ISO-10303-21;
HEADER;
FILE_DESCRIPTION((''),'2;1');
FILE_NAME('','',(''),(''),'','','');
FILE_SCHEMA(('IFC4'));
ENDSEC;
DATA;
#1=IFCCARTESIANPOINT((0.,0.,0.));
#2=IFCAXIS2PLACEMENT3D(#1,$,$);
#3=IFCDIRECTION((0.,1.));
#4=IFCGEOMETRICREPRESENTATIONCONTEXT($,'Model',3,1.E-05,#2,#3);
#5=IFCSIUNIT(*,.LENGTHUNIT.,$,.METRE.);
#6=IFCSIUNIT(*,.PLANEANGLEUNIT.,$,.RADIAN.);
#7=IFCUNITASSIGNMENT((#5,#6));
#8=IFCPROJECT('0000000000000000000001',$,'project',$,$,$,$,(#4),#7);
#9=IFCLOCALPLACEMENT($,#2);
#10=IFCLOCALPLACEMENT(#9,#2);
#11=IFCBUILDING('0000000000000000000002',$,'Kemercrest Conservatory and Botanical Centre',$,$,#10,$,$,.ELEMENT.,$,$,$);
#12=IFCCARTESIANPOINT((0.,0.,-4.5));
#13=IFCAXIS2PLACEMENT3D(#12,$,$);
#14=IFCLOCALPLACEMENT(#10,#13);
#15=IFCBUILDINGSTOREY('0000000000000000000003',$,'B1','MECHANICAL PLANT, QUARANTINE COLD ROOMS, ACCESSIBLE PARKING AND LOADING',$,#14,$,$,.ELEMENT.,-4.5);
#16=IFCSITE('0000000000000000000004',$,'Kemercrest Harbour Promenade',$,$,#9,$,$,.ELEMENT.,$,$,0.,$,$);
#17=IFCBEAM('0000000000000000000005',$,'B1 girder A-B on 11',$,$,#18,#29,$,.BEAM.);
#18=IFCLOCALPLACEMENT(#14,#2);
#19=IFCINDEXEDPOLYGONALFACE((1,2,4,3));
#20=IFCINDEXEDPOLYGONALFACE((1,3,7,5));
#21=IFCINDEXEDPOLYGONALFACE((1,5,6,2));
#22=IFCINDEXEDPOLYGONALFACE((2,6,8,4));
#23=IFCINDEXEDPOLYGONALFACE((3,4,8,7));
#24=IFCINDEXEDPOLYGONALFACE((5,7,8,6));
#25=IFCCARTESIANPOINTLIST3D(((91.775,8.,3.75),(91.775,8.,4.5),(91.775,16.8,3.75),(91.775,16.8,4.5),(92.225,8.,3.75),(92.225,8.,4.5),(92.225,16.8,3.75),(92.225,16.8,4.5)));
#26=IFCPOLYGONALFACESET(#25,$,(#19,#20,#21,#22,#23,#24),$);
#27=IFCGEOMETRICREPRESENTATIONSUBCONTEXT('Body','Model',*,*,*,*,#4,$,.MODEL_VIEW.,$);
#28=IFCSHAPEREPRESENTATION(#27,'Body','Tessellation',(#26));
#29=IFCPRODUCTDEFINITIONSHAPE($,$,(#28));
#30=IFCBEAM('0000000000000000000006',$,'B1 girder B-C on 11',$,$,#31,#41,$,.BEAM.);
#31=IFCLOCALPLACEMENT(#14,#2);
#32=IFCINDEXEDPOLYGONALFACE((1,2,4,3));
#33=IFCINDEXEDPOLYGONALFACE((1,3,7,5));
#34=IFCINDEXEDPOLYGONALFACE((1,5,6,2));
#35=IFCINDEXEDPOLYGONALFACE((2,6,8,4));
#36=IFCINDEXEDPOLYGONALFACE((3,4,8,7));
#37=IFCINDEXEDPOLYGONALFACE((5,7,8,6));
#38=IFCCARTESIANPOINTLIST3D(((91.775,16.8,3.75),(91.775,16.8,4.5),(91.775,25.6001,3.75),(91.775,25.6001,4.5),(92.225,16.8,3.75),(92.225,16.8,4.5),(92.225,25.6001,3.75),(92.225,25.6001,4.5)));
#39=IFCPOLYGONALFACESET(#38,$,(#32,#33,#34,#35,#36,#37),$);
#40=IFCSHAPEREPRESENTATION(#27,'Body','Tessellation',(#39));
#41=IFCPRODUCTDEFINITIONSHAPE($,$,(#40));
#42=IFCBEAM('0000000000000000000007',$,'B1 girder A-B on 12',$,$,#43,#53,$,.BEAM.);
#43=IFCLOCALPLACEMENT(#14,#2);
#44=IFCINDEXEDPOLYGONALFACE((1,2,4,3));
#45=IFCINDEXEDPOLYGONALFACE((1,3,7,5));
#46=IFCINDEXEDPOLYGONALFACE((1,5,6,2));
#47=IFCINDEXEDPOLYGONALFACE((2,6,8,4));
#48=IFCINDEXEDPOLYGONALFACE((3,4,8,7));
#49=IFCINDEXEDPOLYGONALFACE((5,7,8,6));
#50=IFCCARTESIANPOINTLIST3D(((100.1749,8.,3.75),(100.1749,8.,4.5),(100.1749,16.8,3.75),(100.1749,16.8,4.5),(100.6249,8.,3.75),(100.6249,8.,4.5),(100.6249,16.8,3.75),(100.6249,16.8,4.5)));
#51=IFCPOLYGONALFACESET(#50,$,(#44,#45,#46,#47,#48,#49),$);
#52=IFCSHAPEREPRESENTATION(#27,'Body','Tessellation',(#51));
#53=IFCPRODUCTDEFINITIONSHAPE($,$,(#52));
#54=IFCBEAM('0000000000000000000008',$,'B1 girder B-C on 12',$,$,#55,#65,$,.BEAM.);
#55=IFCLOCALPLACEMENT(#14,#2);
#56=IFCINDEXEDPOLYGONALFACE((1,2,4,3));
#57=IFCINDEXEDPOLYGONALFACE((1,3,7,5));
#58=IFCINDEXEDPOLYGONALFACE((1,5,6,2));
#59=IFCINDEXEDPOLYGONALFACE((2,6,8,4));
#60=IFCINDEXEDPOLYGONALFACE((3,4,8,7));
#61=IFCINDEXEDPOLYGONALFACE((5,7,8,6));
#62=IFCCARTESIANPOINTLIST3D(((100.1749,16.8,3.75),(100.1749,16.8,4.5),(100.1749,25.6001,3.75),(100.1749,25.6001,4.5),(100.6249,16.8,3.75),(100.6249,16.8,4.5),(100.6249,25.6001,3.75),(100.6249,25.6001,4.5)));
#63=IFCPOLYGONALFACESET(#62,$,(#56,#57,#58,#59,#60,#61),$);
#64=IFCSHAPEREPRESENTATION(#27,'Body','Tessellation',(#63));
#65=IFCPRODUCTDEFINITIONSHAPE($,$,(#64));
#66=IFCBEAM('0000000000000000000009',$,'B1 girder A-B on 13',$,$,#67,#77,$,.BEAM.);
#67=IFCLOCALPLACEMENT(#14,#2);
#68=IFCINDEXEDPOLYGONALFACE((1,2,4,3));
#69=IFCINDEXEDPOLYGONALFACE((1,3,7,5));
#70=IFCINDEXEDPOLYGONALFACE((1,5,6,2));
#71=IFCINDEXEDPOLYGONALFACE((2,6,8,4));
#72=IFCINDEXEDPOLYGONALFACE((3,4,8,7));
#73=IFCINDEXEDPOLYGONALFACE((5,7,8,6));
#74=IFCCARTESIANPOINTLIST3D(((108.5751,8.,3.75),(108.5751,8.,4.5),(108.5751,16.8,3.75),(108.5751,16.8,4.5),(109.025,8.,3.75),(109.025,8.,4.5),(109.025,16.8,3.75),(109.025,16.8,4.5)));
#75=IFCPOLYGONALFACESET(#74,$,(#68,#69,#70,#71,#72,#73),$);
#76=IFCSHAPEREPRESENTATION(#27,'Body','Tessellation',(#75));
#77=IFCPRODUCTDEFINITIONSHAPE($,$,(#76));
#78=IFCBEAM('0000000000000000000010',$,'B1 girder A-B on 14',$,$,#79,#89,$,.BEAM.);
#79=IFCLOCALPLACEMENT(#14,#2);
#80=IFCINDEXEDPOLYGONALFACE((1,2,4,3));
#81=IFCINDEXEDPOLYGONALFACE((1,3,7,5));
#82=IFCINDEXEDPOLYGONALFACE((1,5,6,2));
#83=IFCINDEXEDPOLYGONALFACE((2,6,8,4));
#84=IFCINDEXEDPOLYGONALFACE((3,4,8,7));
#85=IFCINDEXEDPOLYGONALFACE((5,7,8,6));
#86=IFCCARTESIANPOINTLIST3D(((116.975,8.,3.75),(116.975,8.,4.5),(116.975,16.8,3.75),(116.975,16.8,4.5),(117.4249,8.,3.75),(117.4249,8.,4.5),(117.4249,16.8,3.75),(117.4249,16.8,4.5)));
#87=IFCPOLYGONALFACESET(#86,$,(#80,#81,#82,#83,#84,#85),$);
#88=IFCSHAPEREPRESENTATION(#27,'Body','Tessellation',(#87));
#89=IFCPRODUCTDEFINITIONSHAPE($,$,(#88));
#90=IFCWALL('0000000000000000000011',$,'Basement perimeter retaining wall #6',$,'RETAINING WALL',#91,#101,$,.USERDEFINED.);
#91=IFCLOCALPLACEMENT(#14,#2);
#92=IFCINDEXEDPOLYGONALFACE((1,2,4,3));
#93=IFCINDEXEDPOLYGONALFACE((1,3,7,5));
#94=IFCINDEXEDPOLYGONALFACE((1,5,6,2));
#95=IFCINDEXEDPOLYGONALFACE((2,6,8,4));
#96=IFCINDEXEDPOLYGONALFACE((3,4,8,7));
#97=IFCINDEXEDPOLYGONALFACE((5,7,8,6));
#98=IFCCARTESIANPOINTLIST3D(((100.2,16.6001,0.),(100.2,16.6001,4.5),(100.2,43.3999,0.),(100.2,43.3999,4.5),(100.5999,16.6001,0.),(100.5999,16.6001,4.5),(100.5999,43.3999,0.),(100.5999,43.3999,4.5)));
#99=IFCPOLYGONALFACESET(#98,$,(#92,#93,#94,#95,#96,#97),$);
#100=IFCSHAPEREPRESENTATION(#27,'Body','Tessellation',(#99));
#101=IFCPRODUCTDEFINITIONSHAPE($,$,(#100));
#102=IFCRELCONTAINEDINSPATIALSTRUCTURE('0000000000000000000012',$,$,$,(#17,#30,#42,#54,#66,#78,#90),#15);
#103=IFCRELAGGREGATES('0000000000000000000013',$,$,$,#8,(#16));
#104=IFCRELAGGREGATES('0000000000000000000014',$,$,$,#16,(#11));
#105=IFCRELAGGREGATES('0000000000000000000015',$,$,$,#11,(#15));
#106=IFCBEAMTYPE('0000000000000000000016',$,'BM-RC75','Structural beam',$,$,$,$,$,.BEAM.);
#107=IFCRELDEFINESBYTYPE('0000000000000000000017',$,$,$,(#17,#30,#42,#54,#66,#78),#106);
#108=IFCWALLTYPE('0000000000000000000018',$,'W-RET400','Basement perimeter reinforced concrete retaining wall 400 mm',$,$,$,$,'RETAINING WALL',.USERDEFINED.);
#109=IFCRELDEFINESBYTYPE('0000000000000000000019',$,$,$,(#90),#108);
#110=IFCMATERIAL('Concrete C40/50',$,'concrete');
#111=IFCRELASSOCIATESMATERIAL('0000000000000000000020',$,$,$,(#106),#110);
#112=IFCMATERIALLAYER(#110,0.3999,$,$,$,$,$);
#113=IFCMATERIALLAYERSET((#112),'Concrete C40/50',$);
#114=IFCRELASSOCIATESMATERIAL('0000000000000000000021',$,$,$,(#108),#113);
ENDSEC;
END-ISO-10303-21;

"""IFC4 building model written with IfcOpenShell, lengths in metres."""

from ifc_helpers import new_model, si_unit, direction, frame, frame_2d, origin, origin_2d, place, context, subcontext, project, spatial, rectangle, extrude, material, layer, layer_set, material_profile, profile_set, type_object, element, save


model = new_model("IFC4")

# Units and contexts
model_context = context("Model", 3, precision=1e-05, world=origin(), true_north=direction((0.0, 1.0)))
body_context = subcontext(model_context, "Body", "Model", "MODEL_VIEW")
ifc_project = project(units=[si_unit("LENGTHUNIT", "METRE"), si_unit("PLANEANGLEUNIT", "RADIAN")], contexts=[model_context])

# Site, building, storey
site_placement = place(None, origin())
site = spatial("IfcSite", under=ifc_project, at=site_placement, Name="Kemercrest Harbour Promenade", CompositionType="ELEMENT", RefElevation=0.0)
building_placement = place(site_placement, origin())
building = spatial("IfcBuilding", under=site, at=building_placement, Name="Kemercrest Conservatory and Botanical Centre", CompositionType="ELEMENT")
storey_placement = place(building_placement, frame((0.0, 0.0, -4.5)))
storey = spatial("IfcBuildingStorey", under=building, at=storey_placement, Name="B1", Description="MECHANICAL PLANT, QUARANTINE COLD ROOMS, ACCESSIBLE PARKING AND LOADING", CompositionType="ELEMENT", Elevation=-4.5)

# Shared definitions
ifc_material_1 = material(Name="Concrete C40/50", Category="concrete")

# Beams
ifc_material_profile_1 = material_profile(ifc_material_1, rectangle(XDim=0.45, YDim=0.75, at=origin_2d()), Name="RC 450x750")
ifc_profile_set_1 = profile_set([ifc_material_profile_1], Name="Concrete C40/50")
beam_type = type_object("IfcBeamType", Name="BM-RC75", Description="Structural beam", PredefinedType="BEAM", material=ifc_profile_set_1)
for number, where, z_axis, x_axis, name in (
    (1, (92.0, 8.0, 4.125), (0.0, 1.0, 0.0), (-1.0, 0.0, 0.0), "B1 girder A-B on 11"),
    (2, (92.0, 16.8, 4.125), (0.0, 1.0, 0.0), (-1.0, 0.0, 0.0), "B1 girder B-C on 11"),
    (3, (100.3999, 8.0, 4.125), (0.0, 1.0, 0.0), (-1.0, 0.0, 0.0), "B1 girder A-B on 12"),
    (4, (100.3999, 16.8, 4.125), (0.0, 1.0, 0.0), (-1.0, 0.0, 0.0), "B1 girder B-C on 12"),
    (5, (108.8, 8.0, 4.125), (0.0, 1.0, 0.0), (-1.0, 0.0, 0.0), "B1 girder A-B on 13"),
    (6, (117.2, 8.0, 4.125), (0.0, 1.0, 0.0), (-1.0, 0.0, 0.0), "B1 girder A-B on 14"),
):
    element("IfcBeam", number, at=place(storey_placement, frame(where, z_axis=z_axis, x_axis=x_axis)), inside=storey, type_object=beam_type, Name=name, PredefinedType="BEAM", context=body_context, shape_type="SweptSolid", body=[
        extrude(rectangle(XDim=0.45, YDim=0.75, at=origin_2d()), origin(), (0.0, 0.0, 1.0), 8.8),
    ])

# Wall
ifc_layer = layer(ifc_material_1, 0.3999)
ifc_layer_set = layer_set([ifc_layer], Name="Concrete C40/50")
wall_type = type_object("IfcWallType", Name="W-RET400", Description="Basement perimeter reinforced concrete retaining wall 400 mm", ElementType="RETAINING WALL", PredefinedType="USERDEFINED", material=ifc_layer_set)
wall_placement = place(storey_placement, frame((100.3999, 16.6001, 0.0), z_axis=(0.0, 0.0, 1.0), x_axis=(0.0, 1.0, 0.0)))
element("IfcWall", 7, at=wall_placement, inside=storey, type_object=wall_type, Name="Basement perimeter retaining wall #6", ObjectType="RETAINING WALL", PredefinedType="USERDEFINED", context=body_context, shape_type="SweptSolid", body=[
    extrude(rectangle(XDim=26.7998, YDim=0.3999, at=frame_2d((13.3999, 0.0))), origin(), (0.0, 0.0, 1.0), 4.5),
])

save(model, "model.ifc")
